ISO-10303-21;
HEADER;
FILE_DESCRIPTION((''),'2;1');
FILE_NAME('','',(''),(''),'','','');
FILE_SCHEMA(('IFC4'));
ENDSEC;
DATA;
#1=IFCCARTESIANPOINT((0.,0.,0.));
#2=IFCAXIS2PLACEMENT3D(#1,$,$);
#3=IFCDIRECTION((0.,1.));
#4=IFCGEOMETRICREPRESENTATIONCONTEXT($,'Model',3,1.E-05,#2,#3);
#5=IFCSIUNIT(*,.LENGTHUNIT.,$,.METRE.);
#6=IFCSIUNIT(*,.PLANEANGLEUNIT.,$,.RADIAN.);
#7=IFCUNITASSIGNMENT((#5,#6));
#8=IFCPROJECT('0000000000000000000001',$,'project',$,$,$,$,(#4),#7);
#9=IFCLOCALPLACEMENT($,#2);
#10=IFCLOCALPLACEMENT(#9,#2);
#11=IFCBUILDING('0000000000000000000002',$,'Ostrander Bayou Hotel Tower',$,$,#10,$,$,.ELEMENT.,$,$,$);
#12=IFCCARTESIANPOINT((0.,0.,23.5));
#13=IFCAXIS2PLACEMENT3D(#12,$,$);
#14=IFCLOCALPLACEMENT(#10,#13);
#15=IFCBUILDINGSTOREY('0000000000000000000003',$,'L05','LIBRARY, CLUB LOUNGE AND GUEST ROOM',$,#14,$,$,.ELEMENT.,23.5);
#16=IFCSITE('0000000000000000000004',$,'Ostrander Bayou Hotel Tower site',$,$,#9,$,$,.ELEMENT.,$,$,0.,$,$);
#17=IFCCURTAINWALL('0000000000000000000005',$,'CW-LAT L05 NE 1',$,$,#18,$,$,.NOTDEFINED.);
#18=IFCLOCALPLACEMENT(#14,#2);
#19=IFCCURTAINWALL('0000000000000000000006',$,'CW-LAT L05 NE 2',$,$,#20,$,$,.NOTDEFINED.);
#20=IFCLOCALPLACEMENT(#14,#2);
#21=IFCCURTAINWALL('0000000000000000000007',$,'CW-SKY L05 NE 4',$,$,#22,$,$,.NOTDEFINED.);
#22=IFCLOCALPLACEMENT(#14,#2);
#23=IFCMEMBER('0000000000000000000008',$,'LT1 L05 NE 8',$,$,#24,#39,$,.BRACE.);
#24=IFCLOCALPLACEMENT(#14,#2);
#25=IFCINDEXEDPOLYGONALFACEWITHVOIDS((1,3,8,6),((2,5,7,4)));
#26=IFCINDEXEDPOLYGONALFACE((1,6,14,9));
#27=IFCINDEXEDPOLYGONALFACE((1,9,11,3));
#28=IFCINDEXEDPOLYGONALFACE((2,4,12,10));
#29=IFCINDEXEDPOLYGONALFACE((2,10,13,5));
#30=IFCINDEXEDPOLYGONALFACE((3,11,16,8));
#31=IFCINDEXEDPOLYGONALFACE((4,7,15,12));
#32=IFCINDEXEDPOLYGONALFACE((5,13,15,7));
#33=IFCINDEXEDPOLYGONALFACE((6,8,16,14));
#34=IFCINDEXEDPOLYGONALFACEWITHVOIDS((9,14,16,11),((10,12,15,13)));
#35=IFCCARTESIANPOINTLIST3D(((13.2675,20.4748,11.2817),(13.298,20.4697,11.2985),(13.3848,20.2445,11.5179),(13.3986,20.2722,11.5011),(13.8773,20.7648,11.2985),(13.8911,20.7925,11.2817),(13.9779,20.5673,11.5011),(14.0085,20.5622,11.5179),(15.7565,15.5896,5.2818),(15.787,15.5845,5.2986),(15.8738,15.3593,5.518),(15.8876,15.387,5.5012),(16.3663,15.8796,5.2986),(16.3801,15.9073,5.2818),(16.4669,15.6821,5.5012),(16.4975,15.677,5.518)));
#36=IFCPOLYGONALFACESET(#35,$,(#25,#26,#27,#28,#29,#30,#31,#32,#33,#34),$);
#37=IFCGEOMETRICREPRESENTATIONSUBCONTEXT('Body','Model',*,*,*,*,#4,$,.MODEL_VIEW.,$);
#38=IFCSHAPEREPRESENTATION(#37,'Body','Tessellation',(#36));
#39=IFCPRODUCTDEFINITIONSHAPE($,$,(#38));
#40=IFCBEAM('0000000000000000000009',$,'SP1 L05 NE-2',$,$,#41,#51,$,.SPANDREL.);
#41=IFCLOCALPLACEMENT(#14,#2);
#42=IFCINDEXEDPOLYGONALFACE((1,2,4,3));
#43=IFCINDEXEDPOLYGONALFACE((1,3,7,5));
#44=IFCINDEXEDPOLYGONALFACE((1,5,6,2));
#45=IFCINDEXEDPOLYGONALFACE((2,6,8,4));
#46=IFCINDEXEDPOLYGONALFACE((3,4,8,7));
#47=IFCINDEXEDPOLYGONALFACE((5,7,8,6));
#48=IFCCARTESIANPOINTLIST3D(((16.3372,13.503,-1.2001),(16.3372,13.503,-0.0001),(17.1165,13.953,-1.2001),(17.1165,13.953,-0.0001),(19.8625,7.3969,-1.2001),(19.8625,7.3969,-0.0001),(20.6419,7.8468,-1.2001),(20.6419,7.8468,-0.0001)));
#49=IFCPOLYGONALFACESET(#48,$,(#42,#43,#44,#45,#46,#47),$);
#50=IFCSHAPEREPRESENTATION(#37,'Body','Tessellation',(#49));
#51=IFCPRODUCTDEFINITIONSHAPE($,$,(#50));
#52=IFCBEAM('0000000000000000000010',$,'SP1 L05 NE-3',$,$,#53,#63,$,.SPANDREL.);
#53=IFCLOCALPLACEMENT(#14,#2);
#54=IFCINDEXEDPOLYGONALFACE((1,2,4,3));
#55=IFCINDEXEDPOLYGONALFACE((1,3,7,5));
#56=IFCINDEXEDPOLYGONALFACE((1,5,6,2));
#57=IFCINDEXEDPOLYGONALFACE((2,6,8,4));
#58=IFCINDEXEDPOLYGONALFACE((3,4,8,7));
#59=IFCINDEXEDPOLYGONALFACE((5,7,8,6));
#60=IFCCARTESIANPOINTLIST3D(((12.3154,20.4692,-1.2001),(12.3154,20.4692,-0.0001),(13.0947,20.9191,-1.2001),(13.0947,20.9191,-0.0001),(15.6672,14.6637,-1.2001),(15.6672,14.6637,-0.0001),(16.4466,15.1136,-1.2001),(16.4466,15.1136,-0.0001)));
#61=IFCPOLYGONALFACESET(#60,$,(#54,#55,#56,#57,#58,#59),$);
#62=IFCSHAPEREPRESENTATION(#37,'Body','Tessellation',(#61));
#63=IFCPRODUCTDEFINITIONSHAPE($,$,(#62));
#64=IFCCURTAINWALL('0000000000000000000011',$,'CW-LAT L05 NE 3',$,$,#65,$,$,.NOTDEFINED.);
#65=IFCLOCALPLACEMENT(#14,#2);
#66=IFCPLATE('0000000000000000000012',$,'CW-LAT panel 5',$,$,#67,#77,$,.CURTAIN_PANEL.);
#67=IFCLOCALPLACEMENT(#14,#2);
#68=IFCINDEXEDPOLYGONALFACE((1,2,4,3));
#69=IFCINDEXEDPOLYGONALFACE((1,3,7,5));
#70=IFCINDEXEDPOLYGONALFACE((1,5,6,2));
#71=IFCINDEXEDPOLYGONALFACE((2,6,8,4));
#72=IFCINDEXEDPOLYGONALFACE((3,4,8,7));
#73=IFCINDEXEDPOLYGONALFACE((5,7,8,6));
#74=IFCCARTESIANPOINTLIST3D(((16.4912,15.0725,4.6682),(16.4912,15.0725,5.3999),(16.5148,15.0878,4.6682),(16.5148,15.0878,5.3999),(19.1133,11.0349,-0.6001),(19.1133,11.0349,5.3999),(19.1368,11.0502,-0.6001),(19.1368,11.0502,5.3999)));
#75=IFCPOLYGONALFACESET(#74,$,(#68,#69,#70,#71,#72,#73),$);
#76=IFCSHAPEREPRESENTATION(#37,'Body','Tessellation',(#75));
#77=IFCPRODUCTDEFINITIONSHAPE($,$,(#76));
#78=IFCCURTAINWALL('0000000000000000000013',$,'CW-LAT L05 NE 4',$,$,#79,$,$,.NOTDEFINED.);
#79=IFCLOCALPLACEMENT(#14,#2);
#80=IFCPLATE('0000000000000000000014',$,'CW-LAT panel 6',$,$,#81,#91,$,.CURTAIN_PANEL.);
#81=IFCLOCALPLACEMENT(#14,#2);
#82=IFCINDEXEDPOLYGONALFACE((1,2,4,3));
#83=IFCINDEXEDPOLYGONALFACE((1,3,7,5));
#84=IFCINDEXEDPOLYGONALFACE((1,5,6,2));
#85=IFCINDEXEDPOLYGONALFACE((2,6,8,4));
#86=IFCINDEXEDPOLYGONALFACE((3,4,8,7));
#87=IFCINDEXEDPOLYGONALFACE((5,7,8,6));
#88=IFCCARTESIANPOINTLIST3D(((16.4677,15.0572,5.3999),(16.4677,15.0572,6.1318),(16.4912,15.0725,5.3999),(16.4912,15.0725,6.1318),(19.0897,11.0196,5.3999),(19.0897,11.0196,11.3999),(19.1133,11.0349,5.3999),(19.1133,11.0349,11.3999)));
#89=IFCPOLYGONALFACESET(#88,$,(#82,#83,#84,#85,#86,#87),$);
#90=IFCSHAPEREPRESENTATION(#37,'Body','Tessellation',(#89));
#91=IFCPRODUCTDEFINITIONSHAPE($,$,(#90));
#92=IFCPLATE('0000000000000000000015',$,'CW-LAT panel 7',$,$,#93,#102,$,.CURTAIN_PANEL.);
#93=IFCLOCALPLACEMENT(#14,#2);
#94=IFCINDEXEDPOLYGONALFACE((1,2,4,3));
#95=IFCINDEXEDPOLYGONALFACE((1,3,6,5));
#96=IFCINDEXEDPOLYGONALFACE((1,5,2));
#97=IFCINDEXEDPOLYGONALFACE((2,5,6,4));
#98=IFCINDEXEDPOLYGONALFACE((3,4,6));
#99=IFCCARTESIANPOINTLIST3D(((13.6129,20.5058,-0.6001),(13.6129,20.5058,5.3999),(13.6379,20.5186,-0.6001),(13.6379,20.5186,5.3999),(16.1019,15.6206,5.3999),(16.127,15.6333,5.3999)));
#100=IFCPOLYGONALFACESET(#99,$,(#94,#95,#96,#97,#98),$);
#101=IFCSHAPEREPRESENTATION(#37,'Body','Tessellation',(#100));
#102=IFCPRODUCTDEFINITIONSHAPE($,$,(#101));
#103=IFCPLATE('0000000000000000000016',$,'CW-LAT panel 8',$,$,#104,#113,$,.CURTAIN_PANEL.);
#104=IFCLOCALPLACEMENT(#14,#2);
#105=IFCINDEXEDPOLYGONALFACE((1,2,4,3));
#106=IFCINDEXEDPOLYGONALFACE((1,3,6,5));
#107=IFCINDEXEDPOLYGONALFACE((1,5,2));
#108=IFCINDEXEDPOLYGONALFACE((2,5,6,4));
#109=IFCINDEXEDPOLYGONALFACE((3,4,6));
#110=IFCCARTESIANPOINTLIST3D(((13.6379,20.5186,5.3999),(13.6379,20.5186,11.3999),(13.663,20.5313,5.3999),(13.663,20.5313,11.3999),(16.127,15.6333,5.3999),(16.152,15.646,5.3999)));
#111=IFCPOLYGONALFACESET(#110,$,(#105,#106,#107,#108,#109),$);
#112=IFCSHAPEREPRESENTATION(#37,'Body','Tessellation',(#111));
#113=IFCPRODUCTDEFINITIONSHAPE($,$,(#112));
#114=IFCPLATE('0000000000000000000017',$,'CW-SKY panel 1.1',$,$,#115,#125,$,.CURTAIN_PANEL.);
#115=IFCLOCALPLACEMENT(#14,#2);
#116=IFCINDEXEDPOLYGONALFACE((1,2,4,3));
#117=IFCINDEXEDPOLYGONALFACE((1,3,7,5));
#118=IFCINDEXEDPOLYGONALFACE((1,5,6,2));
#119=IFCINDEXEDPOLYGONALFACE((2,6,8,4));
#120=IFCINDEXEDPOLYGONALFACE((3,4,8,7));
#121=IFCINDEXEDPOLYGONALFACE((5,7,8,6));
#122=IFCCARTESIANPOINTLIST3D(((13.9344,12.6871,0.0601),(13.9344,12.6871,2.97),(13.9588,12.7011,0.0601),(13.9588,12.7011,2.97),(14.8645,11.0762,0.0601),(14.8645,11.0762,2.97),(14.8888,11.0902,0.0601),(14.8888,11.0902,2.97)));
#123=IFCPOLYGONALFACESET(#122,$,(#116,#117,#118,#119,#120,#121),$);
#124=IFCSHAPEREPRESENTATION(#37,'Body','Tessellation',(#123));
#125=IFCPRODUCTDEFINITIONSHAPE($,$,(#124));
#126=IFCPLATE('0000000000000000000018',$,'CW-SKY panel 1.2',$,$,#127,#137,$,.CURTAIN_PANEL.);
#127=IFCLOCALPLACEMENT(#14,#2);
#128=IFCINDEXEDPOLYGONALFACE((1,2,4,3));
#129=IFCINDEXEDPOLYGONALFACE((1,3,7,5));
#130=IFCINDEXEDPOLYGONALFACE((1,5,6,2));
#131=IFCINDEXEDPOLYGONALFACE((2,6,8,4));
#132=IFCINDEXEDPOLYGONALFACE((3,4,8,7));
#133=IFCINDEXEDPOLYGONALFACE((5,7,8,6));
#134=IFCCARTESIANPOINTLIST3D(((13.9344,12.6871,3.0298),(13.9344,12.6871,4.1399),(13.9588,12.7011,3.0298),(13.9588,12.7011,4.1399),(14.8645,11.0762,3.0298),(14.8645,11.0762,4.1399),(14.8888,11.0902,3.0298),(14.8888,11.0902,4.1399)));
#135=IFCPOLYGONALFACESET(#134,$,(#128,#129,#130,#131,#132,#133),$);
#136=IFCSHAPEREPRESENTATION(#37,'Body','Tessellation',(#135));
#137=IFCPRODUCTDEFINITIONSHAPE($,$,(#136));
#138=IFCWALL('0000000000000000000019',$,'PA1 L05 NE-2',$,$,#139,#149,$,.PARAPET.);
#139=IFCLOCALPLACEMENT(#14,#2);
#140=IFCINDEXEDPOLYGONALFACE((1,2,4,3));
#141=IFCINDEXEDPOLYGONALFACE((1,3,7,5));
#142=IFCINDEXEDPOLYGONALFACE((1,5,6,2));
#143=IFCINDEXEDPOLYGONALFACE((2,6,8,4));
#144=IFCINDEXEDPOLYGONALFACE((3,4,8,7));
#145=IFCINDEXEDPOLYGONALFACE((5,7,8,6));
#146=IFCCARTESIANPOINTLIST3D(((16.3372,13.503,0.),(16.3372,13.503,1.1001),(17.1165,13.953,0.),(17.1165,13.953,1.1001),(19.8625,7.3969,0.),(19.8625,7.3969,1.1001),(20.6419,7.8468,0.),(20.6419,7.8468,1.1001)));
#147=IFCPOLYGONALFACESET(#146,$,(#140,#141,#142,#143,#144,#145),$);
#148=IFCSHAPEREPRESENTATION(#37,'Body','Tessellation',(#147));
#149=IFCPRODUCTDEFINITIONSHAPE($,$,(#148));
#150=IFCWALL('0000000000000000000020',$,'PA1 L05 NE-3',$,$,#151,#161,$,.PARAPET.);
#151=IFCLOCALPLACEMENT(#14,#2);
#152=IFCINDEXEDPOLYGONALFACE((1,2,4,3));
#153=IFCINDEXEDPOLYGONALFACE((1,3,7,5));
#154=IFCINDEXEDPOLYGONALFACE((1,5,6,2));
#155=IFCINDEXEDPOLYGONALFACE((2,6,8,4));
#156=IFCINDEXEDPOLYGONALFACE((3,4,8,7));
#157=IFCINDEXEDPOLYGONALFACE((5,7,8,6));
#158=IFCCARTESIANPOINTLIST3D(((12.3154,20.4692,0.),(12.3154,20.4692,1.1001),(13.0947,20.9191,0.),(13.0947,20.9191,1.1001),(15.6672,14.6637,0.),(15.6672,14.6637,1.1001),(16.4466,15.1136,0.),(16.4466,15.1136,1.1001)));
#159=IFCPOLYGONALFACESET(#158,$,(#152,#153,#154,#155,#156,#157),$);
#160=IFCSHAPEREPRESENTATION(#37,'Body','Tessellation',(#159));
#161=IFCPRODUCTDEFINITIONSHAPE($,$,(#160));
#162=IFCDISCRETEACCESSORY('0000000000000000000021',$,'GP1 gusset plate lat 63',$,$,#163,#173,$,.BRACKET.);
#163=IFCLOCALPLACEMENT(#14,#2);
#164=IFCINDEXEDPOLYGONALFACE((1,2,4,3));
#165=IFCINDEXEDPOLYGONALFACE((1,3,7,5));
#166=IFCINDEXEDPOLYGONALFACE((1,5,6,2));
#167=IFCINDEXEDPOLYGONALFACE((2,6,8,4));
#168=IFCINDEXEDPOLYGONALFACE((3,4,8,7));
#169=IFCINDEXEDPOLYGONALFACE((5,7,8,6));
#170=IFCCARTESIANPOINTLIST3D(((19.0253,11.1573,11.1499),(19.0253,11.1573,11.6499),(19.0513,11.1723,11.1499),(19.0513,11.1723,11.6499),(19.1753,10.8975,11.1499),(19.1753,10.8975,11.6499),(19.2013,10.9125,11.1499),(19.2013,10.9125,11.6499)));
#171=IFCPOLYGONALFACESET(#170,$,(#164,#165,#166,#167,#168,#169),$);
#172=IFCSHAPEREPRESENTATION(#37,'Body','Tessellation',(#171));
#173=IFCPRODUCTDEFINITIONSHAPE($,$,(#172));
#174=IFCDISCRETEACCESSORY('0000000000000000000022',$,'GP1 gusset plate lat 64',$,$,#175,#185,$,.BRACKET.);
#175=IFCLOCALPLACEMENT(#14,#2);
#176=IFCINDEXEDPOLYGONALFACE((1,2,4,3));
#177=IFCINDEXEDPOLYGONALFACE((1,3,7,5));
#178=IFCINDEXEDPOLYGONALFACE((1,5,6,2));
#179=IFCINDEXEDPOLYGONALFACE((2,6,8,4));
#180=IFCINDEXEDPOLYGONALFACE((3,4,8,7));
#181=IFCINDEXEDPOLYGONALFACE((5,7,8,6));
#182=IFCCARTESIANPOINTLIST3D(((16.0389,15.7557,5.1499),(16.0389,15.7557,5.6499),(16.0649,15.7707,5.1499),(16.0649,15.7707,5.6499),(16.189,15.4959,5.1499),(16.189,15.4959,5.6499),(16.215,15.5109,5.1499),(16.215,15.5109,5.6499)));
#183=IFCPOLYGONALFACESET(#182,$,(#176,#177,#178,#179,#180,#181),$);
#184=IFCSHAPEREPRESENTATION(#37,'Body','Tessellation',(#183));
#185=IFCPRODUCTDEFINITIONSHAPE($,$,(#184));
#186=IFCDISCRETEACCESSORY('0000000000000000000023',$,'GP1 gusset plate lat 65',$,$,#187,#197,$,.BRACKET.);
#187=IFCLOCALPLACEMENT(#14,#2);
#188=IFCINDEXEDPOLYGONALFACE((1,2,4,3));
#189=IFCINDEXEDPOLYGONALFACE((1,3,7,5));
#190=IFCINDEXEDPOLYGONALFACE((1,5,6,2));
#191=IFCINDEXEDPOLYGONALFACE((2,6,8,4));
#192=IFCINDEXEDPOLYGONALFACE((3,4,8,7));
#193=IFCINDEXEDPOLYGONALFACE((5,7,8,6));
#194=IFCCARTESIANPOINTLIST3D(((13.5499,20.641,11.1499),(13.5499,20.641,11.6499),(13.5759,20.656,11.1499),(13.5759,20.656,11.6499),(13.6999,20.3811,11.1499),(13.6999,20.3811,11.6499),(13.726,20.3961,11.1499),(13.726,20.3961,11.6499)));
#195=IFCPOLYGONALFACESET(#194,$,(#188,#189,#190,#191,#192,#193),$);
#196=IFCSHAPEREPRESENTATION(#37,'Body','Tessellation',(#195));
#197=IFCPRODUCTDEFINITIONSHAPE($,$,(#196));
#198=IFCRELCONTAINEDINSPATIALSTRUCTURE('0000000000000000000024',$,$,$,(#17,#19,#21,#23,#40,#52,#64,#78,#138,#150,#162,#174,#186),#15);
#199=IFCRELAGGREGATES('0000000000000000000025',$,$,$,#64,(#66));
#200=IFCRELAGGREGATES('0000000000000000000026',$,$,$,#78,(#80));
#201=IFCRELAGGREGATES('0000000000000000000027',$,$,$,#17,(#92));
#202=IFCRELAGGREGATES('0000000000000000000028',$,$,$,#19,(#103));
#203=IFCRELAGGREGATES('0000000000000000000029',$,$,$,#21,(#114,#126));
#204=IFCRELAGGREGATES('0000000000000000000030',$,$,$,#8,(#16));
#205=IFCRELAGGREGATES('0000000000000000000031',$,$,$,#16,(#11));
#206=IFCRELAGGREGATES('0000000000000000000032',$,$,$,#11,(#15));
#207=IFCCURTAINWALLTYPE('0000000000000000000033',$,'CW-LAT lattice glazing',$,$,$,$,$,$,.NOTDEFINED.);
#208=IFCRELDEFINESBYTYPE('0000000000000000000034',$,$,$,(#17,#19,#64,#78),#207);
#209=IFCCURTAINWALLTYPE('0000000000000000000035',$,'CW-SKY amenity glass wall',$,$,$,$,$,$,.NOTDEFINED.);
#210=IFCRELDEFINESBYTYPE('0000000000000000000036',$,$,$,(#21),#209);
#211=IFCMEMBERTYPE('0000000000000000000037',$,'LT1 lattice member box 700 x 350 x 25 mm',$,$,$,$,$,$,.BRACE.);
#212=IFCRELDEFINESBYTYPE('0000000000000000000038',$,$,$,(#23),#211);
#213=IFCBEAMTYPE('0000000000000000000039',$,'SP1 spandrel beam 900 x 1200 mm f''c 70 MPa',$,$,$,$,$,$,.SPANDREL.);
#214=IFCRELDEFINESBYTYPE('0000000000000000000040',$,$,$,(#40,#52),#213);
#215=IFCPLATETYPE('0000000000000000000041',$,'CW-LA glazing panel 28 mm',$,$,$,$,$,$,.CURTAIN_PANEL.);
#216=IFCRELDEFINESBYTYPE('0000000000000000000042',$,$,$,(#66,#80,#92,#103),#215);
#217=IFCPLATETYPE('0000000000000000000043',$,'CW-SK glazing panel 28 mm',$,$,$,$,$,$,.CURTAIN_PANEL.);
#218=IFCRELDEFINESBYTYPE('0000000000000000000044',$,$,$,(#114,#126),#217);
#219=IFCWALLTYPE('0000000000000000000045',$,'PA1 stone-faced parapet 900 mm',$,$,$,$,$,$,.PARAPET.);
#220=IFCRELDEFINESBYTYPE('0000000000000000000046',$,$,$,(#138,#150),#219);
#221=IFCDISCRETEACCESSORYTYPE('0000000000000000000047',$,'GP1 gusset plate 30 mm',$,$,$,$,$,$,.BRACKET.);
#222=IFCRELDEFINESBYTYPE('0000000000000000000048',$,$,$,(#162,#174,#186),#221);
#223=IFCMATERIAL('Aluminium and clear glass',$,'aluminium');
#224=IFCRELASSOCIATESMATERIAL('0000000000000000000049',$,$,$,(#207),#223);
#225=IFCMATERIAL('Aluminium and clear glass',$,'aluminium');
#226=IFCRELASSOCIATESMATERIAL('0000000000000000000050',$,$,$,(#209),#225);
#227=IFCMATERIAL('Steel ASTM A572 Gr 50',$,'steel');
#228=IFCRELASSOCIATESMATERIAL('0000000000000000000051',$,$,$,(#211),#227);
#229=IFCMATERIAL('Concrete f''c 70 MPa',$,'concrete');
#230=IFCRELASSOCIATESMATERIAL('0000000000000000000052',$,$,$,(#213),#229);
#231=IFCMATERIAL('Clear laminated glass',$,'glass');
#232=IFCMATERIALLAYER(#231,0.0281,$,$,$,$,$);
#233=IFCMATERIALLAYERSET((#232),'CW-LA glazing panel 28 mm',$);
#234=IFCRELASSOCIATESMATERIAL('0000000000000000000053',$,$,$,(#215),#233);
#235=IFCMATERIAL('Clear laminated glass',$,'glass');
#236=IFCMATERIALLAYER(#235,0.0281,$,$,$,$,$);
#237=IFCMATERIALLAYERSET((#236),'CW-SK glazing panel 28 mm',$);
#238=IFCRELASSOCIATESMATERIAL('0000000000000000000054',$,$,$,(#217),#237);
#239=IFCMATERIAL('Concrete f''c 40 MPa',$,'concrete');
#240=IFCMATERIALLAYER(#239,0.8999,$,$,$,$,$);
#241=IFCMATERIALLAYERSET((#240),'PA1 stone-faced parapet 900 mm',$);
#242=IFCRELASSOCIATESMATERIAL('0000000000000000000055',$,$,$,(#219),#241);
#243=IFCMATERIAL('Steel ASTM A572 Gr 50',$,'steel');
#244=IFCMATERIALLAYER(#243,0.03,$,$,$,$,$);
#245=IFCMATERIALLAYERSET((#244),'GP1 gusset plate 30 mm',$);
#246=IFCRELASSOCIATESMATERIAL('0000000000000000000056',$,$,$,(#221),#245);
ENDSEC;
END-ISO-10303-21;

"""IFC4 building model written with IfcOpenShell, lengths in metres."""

from ifc_helpers import new_model, si_unit, direction, frame, frame_2d, origin, origin_2d, place, context, subcontext, project, spatial, polyline, rectangle, hollow_rectangle, outline, extrude, material, layer, layer_set, material_profile, profile_set, type_object, element, aggregate, save


model = new_model("IFC4")

# Units and contexts
model_context = context("Model", 3, precision=1e-05, world=origin(), true_north=direction((0.0, 1.0)))
body_context = subcontext(model_context, "Body", "Model", "MODEL_VIEW")
ifc_project = project(units=[si_unit("LENGTHUNIT", "METRE"), si_unit("PLANEANGLEUNIT", "RADIAN")], contexts=[model_context])

# Site, building, storey
site_placement = place(None, origin())
site = spatial("IfcSite", under=ifc_project, at=site_placement, Name="Ostrander Bayou Hotel Tower site", CompositionType="ELEMENT", RefElevation=0.0)
building_placement = place(site_placement, origin())
building = spatial("IfcBuilding", under=site, at=building_placement, Name="Ostrander Bayou Hotel Tower", CompositionType="ELEMENT")
storey_placement = place(building_placement, frame((0.0, 0.0, 23.5)))
storey = spatial("IfcBuildingStorey", under=building, at=storey_placement, Name="L05", Description="LIBRARY, CLUB LOUNGE AND GUEST ROOM", CompositionType="ELEMENT", Elevation=23.5)

# Curtain walls
ifc_material_1 = material(Name="Aluminium and clear glass", Category="aluminium")
curtain_wall_type_1 = type_object("IfcCurtainWallType", Name="CW-LAT lattice glazing", PredefinedType="NOTDEFINED", material=ifc_material_1)
curtain_wall_1_placement = place(storey_placement, origin())
curtain_wall_1 = element("IfcCurtainWall", 1, at=curtain_wall_1_placement, inside=storey, type_object=curtain_wall_type_1, Name="CW-LAT L05 NE 1", PredefinedType="NOTDEFINED")
curtain_wall_2_placement = place(storey_placement, origin())
curtain_wall_2 = element("IfcCurtainWall", 2, at=curtain_wall_2_placement, inside=storey, type_object=curtain_wall_type_1, Name="CW-LAT L05 NE 2", PredefinedType="NOTDEFINED")

# Shared definitions
ifc_material_2 = material(Name="Aluminium and clear glass", Category="aluminium")
curtain_wall_type_2 = type_object("IfcCurtainWallType", Name="CW-SKY amenity glass wall", PredefinedType="NOTDEFINED", material=ifc_material_2)

# Curtain wall
curtain_wall_3_placement = place(storey_placement, origin())
curtain_wall_3 = element("IfcCurtainWall", 3, at=curtain_wall_3_placement, inside=storey, type_object=curtain_wall_type_2, Name="CW-SKY L05 NE 4", PredefinedType="NOTDEFINED")

# Member
ifc_material_3 = material(Name="Steel ASTM A572 Gr 50", Category="steel")
ifc_material_profile_1 = material_profile(ifc_material_3, hollow_rectangle(XDim=0.7, YDim=0.3501, WallThickness=0.0249, at=origin_2d()))
ifc_profile_set_1 = profile_set([ifc_material_profile_1], Name="Steel ASTM A572 Gr 50")
member_type_1 = type_object("IfcMemberType", Name="LT1 lattice member box 700 x 350 x 25 mm", PredefinedType="BRACE", material=ifc_profile_set_1)
for number, where, z_axis, x_axis, name in (
    (4, (16.127, 15.6333, 5.3999), (-0.306235, 0.601056, 0.738208), (-0.891017, -0.453969, 0.0), "LT1 L05 NE 8"),
):
    element("IfcMember", number, at=place(storey_placement, frame(where, z_axis=z_axis, x_axis=x_axis)), inside=storey, type_object=member_type_1, Name=name, PredefinedType="BRACE", context=body_context, shape_type="SweptSolid", body=[
        extrude(hollow_rectangle(XDim=0.7, YDim=0.3501, WallThickness=0.0249, at=origin_2d()), origin(), (0.0, 0.0, 1.0), 8.1277),
    ])

# Beams
ifc_material_4 = material(Name="Concrete f'c 70 MPa", Category="concrete")
ifc_material_profile_2 = material_profile(ifc_material_4, rectangle(XDim=0.8999, YDim=1.2, at=origin_2d()))
ifc_profile_set_2 = profile_set([ifc_material_profile_2], Name="Concrete f'c 70 MPa")
beam_type_1 = type_object("IfcBeamType", Name="SP1 spandrel beam 900 x 1200 mm f'c 70 MPa", PredefinedType="SPANDREL", material=ifc_profile_set_2)
beam_1_placement = place(storey_placement, frame((20.2522, 7.6218, -0.6001), z_axis=(-0.499997, 0.866027, 0.0), x_axis=(-0.866027, -0.499997, 0.0)))
element("IfcBeam", 5, at=beam_1_placement, inside=storey, type_object=beam_type_1, Name="SP1 L05 NE-2", PredefinedType="SPANDREL", context=body_context, shape_type="SweptSolid", body=[
    extrude(rectangle(XDim=0.8999, YDim=1.2, at=origin_2d()), origin(), (0.0, 0.0, 1.0), 7.0508),
])
beam_2_placement = place(storey_placement, frame((16.0569, 14.8887, -0.6001), z_axis=(-0.500005, 0.866022, 0.0), x_axis=(-0.866022, -0.500005, 0.0)))
element("IfcBeam", 6, at=beam_2_placement, inside=storey, type_object=beam_type_1, Name="SP1 L05 NE-3", PredefinedType="SPANDREL", context=body_context, shape_type="SweptSolid", body=[
    extrude(rectangle(XDim=0.8999, YDim=1.2, at=origin_2d()), origin(), (0.0, 0.0, 1.0), 6.7036),
])

# Curtain walls, plates
curtain_wall_4_placement = place(storey_placement, origin())
curtain_wall_4 = element("IfcCurtainWall", 7, at=curtain_wall_4_placement, inside=storey, type_object=curtain_wall_type_1, Name="CW-LAT L05 NE 3", PredefinedType="NOTDEFINED")
ifc_material_5 = material(Name="Clear laminated glass", Category="glass")
ifc_layer_1 = layer(ifc_material_5, 0.0281)
ifc_layer_set_1 = layer_set([ifc_layer_1], Name="CW-LA glazing panel 28 mm")
plate_type_1 = type_object("IfcPlateType", Name="CW-LA glazing panel 28 mm", PredefinedType="CURTAIN_PANEL", material=ifc_layer_set_1)
plate_1_placement = place(storey_placement, frame((16.4912, 15.0725, 4.6682), z_axis=(-0.838668, -0.544643, 0.0), x_axis=(0.367406, -0.565751, -0.738199)))
plate_1 = element("IfcPlate", 8, at=plate_1_placement, type_object=plate_type_1, Name="CW-LAT panel 5", PredefinedType="CURTAIN_PANEL", context=body_context, shape_type="SweptSolid", body=[
    extrude(outline(polyline([(0.0, 0.0), (7.1367, 0.0), (2.7075, 4.0475), (-0.5401, 0.4936), (0.0, 0.0)])), origin(), (0.0, 0.0, -1.0), 0.0281),
])
aggregate(curtain_wall_4, [plate_1])
curtain_wall_5_placement = place(storey_placement, origin())
curtain_wall_5 = element("IfcCurtainWall", 9, at=curtain_wall_5_placement, inside=storey, type_object=curtain_wall_type_1, Name="CW-LAT L05 NE 4", PredefinedType="NOTDEFINED")
plate_2_placement = place(storey_placement, frame((16.4912, 15.0725, 6.1318), z_axis=(0.838668, 0.544643, 0.0), x_axis=(0.367416, -0.565765, 0.738184)))
plate_2 = element("IfcPlate", 10, at=plate_2_placement, type_object=plate_type_1, Name="CW-LAT panel 6", PredefinedType="CURTAIN_PANEL", context=body_context, shape_type="SweptSolid", body=[
    extrude(outline(polyline([(0.0, 0.0), (7.1365, 0.0), (2.7074, 4.0476), (-0.5403, 0.4938), (0.0, 0.0)])), origin(), (0.0, 0.0, -1.0), 0.0281),
])
aggregate(curtain_wall_5, [plate_2])

# Plates
plate_3_placement = place(storey_placement, frame((16.127, 15.6333, 5.3999), z_axis=(0.891017, 0.453969, 0.0), x_axis=(-0.306235, 0.601056, -0.738208)))
plate_3 = element("IfcPlate", 11, at=plate_3_placement, type_object=plate_type_1, Name="CW-LAT panel 7", PredefinedType="CURTAIN_PANEL", context=body_context, shape_type="SweptSolid", body=[
    extrude(outline(polyline([(0.0, 0.0), (8.1278, 0.0), (3.6985, 4.0474), (0.0, 0.0)])), origin(), (0.0, 0.0, -1.0), 0.0281),
])
aggregate(curtain_wall_1, [plate_3])
plate_4_placement = place(storey_placement, frame((16.127, 15.6333, 5.3999), z_axis=(-0.891017, -0.453969, 0.0), x_axis=(-0.306235, 0.601056, 0.738208)))
plate_4 = element("IfcPlate", 12, at=plate_4_placement, type_object=plate_type_1, Name="CW-LAT panel 8", PredefinedType="CURTAIN_PANEL", context=body_context, shape_type="SweptSolid", body=[
    extrude(outline(polyline([(0.0, 0.0), (8.1278, 0.0), (3.6985, 4.0474), (0.0, 0.0)])), origin(), (0.0, 0.0, -1.0), 0.0281),
])
aggregate(curtain_wall_2, [plate_4])
ifc_material_6 = material(Name="Clear laminated glass", Category="glass")
ifc_layer_2 = layer(ifc_material_6, 0.0281)
ifc_layer_set_2 = layer_set([ifc_layer_2], Name="CW-SK glazing panel 28 mm")
plate_type_2 = type_object("IfcPlateType", Name="CW-SK glazing panel 28 mm", PredefinedType="CURTAIN_PANEL", material=ifc_layer_set_2)
plate_5_placement = place(storey_placement, frame((14.4116, 11.8887, 0.0601), z_axis=(0.0, 0.0, 1.0), x_axis=(-0.5, 0.866025, 0.0)))
plate_5 = element("IfcPlate", 13, at=plate_5_placement, type_object=plate_type_2, Name="CW-SKY panel 1.1", PredefinedType="CURTAIN_PANEL", context=body_context, shape_type="SweptSolid", body=[
    extrude(rectangle(XDim=1.8601, YDim=0.0281, at=origin_2d()), origin(), (0.0, 0.0, 1.0), 2.9099),
])
plate_6_placement = place(storey_placement, frame((14.4116, 11.8887, 3.0298), z_axis=(0.0, 0.0, 1.0), x_axis=(-0.5, 0.866025, 0.0)))
plate_6 = element("IfcPlate", 14, at=plate_6_placement, type_object=plate_type_2, Name="CW-SKY panel 1.2", PredefinedType="CURTAIN_PANEL", context=body_context, shape_type="SweptSolid", body=[
    extrude(rectangle(XDim=1.8601, YDim=0.0281, at=origin_2d()), origin(), (0.0, 0.0, 1.0), 1.1101),
])
aggregate(curtain_wall_3, [plate_5, plate_6])

# Walls
ifc_material_7 = material(Name="Concrete f'c 40 MPa", Category="concrete")
ifc_layer_3 = layer(ifc_material_7, 0.8999)
ifc_layer_set_3 = layer_set([ifc_layer_3], Name="PA1 stone-faced parapet 900 mm")
wall_type_1 = type_object("IfcWallType", Name="PA1 stone-faced parapet 900 mm", PredefinedType="PARAPET", material=ifc_layer_set_3)
wall_1_placement = place(storey_placement, frame((20.2522, 7.6218, 0.0), z_axis=(0.0, 0.0, 1.0), x_axis=(-0.499997, 0.866027, 0.0)))
element("IfcWall", 15, at=wall_1_placement, inside=storey, type_object=wall_type_1, Name="PA1 L05 NE-2", PredefinedType="PARAPET", context=body_context, shape_type="SweptSolid", body=[
    extrude(rectangle(XDim=7.0508, YDim=0.8999, at=frame_2d((3.5254, 0.0))), origin(), (0.0, 0.0, 1.0), 1.1001),
])
wall_2_placement = place(storey_placement, frame((16.0569, 14.8887, 0.0), z_axis=(0.0, 0.0, 1.0), x_axis=(-0.500005, 0.866022, 0.0)))
element("IfcWall", 16, at=wall_2_placement, inside=storey, type_object=wall_type_1, Name="PA1 L05 NE-3", PredefinedType="PARAPET", context=body_context, shape_type="SweptSolid", body=[
    extrude(rectangle(XDim=6.7036, YDim=0.8999, at=frame_2d((3.3518, 0.0))), origin(), (0.0, 0.0, 1.0), 1.1001),
])

# Discrete accessories
ifc_material_8 = material(Name="Steel ASTM A572 Gr 50", Category="steel")
ifc_layer_4 = layer(ifc_material_8, 0.03)
ifc_layer_set_4 = layer_set([ifc_layer_4], Name="GP1 gusset plate 30 mm")
discrete_accessory_type = type_object("IfcDiscreteAccessoryType", Name="GP1 gusset plate 30 mm", PredefinedType="BRACKET", material=ifc_layer_set_4)
for number, where, z_axis, x_axis, name in (
    (17, (19.1133, 11.0349, 11.1499), (0.0, 0.0, 1.0), (-0.5, 0.866025, 0.0), "GP1 gusset plate lat 63"),
    (18, (16.127, 15.6333, 5.1499), (0.0, 0.0, 1.0), (-0.5, 0.866025, 0.0), "GP1 gusset plate lat 64"),
    (19, (13.6379, 20.5186, 11.1499), (0.0, 0.0, 1.0), (-0.5, 0.866025, 0.0), "GP1 gusset plate lat 65"),
):
    element("IfcDiscreteAccessory", number, at=place(storey_placement, frame(where, z_axis=z_axis, x_axis=x_axis)), inside=storey, type_object=discrete_accessory_type, Name=name, PredefinedType="BRACKET", context=body_context, shape_type="SweptSolid", body=[
        extrude(rectangle(XDim=0.3, YDim=0.03, at=origin_2d()), origin(), (0.0, 0.0, 1.0), 0.5),
    ])

save(model, "model.ifc")
